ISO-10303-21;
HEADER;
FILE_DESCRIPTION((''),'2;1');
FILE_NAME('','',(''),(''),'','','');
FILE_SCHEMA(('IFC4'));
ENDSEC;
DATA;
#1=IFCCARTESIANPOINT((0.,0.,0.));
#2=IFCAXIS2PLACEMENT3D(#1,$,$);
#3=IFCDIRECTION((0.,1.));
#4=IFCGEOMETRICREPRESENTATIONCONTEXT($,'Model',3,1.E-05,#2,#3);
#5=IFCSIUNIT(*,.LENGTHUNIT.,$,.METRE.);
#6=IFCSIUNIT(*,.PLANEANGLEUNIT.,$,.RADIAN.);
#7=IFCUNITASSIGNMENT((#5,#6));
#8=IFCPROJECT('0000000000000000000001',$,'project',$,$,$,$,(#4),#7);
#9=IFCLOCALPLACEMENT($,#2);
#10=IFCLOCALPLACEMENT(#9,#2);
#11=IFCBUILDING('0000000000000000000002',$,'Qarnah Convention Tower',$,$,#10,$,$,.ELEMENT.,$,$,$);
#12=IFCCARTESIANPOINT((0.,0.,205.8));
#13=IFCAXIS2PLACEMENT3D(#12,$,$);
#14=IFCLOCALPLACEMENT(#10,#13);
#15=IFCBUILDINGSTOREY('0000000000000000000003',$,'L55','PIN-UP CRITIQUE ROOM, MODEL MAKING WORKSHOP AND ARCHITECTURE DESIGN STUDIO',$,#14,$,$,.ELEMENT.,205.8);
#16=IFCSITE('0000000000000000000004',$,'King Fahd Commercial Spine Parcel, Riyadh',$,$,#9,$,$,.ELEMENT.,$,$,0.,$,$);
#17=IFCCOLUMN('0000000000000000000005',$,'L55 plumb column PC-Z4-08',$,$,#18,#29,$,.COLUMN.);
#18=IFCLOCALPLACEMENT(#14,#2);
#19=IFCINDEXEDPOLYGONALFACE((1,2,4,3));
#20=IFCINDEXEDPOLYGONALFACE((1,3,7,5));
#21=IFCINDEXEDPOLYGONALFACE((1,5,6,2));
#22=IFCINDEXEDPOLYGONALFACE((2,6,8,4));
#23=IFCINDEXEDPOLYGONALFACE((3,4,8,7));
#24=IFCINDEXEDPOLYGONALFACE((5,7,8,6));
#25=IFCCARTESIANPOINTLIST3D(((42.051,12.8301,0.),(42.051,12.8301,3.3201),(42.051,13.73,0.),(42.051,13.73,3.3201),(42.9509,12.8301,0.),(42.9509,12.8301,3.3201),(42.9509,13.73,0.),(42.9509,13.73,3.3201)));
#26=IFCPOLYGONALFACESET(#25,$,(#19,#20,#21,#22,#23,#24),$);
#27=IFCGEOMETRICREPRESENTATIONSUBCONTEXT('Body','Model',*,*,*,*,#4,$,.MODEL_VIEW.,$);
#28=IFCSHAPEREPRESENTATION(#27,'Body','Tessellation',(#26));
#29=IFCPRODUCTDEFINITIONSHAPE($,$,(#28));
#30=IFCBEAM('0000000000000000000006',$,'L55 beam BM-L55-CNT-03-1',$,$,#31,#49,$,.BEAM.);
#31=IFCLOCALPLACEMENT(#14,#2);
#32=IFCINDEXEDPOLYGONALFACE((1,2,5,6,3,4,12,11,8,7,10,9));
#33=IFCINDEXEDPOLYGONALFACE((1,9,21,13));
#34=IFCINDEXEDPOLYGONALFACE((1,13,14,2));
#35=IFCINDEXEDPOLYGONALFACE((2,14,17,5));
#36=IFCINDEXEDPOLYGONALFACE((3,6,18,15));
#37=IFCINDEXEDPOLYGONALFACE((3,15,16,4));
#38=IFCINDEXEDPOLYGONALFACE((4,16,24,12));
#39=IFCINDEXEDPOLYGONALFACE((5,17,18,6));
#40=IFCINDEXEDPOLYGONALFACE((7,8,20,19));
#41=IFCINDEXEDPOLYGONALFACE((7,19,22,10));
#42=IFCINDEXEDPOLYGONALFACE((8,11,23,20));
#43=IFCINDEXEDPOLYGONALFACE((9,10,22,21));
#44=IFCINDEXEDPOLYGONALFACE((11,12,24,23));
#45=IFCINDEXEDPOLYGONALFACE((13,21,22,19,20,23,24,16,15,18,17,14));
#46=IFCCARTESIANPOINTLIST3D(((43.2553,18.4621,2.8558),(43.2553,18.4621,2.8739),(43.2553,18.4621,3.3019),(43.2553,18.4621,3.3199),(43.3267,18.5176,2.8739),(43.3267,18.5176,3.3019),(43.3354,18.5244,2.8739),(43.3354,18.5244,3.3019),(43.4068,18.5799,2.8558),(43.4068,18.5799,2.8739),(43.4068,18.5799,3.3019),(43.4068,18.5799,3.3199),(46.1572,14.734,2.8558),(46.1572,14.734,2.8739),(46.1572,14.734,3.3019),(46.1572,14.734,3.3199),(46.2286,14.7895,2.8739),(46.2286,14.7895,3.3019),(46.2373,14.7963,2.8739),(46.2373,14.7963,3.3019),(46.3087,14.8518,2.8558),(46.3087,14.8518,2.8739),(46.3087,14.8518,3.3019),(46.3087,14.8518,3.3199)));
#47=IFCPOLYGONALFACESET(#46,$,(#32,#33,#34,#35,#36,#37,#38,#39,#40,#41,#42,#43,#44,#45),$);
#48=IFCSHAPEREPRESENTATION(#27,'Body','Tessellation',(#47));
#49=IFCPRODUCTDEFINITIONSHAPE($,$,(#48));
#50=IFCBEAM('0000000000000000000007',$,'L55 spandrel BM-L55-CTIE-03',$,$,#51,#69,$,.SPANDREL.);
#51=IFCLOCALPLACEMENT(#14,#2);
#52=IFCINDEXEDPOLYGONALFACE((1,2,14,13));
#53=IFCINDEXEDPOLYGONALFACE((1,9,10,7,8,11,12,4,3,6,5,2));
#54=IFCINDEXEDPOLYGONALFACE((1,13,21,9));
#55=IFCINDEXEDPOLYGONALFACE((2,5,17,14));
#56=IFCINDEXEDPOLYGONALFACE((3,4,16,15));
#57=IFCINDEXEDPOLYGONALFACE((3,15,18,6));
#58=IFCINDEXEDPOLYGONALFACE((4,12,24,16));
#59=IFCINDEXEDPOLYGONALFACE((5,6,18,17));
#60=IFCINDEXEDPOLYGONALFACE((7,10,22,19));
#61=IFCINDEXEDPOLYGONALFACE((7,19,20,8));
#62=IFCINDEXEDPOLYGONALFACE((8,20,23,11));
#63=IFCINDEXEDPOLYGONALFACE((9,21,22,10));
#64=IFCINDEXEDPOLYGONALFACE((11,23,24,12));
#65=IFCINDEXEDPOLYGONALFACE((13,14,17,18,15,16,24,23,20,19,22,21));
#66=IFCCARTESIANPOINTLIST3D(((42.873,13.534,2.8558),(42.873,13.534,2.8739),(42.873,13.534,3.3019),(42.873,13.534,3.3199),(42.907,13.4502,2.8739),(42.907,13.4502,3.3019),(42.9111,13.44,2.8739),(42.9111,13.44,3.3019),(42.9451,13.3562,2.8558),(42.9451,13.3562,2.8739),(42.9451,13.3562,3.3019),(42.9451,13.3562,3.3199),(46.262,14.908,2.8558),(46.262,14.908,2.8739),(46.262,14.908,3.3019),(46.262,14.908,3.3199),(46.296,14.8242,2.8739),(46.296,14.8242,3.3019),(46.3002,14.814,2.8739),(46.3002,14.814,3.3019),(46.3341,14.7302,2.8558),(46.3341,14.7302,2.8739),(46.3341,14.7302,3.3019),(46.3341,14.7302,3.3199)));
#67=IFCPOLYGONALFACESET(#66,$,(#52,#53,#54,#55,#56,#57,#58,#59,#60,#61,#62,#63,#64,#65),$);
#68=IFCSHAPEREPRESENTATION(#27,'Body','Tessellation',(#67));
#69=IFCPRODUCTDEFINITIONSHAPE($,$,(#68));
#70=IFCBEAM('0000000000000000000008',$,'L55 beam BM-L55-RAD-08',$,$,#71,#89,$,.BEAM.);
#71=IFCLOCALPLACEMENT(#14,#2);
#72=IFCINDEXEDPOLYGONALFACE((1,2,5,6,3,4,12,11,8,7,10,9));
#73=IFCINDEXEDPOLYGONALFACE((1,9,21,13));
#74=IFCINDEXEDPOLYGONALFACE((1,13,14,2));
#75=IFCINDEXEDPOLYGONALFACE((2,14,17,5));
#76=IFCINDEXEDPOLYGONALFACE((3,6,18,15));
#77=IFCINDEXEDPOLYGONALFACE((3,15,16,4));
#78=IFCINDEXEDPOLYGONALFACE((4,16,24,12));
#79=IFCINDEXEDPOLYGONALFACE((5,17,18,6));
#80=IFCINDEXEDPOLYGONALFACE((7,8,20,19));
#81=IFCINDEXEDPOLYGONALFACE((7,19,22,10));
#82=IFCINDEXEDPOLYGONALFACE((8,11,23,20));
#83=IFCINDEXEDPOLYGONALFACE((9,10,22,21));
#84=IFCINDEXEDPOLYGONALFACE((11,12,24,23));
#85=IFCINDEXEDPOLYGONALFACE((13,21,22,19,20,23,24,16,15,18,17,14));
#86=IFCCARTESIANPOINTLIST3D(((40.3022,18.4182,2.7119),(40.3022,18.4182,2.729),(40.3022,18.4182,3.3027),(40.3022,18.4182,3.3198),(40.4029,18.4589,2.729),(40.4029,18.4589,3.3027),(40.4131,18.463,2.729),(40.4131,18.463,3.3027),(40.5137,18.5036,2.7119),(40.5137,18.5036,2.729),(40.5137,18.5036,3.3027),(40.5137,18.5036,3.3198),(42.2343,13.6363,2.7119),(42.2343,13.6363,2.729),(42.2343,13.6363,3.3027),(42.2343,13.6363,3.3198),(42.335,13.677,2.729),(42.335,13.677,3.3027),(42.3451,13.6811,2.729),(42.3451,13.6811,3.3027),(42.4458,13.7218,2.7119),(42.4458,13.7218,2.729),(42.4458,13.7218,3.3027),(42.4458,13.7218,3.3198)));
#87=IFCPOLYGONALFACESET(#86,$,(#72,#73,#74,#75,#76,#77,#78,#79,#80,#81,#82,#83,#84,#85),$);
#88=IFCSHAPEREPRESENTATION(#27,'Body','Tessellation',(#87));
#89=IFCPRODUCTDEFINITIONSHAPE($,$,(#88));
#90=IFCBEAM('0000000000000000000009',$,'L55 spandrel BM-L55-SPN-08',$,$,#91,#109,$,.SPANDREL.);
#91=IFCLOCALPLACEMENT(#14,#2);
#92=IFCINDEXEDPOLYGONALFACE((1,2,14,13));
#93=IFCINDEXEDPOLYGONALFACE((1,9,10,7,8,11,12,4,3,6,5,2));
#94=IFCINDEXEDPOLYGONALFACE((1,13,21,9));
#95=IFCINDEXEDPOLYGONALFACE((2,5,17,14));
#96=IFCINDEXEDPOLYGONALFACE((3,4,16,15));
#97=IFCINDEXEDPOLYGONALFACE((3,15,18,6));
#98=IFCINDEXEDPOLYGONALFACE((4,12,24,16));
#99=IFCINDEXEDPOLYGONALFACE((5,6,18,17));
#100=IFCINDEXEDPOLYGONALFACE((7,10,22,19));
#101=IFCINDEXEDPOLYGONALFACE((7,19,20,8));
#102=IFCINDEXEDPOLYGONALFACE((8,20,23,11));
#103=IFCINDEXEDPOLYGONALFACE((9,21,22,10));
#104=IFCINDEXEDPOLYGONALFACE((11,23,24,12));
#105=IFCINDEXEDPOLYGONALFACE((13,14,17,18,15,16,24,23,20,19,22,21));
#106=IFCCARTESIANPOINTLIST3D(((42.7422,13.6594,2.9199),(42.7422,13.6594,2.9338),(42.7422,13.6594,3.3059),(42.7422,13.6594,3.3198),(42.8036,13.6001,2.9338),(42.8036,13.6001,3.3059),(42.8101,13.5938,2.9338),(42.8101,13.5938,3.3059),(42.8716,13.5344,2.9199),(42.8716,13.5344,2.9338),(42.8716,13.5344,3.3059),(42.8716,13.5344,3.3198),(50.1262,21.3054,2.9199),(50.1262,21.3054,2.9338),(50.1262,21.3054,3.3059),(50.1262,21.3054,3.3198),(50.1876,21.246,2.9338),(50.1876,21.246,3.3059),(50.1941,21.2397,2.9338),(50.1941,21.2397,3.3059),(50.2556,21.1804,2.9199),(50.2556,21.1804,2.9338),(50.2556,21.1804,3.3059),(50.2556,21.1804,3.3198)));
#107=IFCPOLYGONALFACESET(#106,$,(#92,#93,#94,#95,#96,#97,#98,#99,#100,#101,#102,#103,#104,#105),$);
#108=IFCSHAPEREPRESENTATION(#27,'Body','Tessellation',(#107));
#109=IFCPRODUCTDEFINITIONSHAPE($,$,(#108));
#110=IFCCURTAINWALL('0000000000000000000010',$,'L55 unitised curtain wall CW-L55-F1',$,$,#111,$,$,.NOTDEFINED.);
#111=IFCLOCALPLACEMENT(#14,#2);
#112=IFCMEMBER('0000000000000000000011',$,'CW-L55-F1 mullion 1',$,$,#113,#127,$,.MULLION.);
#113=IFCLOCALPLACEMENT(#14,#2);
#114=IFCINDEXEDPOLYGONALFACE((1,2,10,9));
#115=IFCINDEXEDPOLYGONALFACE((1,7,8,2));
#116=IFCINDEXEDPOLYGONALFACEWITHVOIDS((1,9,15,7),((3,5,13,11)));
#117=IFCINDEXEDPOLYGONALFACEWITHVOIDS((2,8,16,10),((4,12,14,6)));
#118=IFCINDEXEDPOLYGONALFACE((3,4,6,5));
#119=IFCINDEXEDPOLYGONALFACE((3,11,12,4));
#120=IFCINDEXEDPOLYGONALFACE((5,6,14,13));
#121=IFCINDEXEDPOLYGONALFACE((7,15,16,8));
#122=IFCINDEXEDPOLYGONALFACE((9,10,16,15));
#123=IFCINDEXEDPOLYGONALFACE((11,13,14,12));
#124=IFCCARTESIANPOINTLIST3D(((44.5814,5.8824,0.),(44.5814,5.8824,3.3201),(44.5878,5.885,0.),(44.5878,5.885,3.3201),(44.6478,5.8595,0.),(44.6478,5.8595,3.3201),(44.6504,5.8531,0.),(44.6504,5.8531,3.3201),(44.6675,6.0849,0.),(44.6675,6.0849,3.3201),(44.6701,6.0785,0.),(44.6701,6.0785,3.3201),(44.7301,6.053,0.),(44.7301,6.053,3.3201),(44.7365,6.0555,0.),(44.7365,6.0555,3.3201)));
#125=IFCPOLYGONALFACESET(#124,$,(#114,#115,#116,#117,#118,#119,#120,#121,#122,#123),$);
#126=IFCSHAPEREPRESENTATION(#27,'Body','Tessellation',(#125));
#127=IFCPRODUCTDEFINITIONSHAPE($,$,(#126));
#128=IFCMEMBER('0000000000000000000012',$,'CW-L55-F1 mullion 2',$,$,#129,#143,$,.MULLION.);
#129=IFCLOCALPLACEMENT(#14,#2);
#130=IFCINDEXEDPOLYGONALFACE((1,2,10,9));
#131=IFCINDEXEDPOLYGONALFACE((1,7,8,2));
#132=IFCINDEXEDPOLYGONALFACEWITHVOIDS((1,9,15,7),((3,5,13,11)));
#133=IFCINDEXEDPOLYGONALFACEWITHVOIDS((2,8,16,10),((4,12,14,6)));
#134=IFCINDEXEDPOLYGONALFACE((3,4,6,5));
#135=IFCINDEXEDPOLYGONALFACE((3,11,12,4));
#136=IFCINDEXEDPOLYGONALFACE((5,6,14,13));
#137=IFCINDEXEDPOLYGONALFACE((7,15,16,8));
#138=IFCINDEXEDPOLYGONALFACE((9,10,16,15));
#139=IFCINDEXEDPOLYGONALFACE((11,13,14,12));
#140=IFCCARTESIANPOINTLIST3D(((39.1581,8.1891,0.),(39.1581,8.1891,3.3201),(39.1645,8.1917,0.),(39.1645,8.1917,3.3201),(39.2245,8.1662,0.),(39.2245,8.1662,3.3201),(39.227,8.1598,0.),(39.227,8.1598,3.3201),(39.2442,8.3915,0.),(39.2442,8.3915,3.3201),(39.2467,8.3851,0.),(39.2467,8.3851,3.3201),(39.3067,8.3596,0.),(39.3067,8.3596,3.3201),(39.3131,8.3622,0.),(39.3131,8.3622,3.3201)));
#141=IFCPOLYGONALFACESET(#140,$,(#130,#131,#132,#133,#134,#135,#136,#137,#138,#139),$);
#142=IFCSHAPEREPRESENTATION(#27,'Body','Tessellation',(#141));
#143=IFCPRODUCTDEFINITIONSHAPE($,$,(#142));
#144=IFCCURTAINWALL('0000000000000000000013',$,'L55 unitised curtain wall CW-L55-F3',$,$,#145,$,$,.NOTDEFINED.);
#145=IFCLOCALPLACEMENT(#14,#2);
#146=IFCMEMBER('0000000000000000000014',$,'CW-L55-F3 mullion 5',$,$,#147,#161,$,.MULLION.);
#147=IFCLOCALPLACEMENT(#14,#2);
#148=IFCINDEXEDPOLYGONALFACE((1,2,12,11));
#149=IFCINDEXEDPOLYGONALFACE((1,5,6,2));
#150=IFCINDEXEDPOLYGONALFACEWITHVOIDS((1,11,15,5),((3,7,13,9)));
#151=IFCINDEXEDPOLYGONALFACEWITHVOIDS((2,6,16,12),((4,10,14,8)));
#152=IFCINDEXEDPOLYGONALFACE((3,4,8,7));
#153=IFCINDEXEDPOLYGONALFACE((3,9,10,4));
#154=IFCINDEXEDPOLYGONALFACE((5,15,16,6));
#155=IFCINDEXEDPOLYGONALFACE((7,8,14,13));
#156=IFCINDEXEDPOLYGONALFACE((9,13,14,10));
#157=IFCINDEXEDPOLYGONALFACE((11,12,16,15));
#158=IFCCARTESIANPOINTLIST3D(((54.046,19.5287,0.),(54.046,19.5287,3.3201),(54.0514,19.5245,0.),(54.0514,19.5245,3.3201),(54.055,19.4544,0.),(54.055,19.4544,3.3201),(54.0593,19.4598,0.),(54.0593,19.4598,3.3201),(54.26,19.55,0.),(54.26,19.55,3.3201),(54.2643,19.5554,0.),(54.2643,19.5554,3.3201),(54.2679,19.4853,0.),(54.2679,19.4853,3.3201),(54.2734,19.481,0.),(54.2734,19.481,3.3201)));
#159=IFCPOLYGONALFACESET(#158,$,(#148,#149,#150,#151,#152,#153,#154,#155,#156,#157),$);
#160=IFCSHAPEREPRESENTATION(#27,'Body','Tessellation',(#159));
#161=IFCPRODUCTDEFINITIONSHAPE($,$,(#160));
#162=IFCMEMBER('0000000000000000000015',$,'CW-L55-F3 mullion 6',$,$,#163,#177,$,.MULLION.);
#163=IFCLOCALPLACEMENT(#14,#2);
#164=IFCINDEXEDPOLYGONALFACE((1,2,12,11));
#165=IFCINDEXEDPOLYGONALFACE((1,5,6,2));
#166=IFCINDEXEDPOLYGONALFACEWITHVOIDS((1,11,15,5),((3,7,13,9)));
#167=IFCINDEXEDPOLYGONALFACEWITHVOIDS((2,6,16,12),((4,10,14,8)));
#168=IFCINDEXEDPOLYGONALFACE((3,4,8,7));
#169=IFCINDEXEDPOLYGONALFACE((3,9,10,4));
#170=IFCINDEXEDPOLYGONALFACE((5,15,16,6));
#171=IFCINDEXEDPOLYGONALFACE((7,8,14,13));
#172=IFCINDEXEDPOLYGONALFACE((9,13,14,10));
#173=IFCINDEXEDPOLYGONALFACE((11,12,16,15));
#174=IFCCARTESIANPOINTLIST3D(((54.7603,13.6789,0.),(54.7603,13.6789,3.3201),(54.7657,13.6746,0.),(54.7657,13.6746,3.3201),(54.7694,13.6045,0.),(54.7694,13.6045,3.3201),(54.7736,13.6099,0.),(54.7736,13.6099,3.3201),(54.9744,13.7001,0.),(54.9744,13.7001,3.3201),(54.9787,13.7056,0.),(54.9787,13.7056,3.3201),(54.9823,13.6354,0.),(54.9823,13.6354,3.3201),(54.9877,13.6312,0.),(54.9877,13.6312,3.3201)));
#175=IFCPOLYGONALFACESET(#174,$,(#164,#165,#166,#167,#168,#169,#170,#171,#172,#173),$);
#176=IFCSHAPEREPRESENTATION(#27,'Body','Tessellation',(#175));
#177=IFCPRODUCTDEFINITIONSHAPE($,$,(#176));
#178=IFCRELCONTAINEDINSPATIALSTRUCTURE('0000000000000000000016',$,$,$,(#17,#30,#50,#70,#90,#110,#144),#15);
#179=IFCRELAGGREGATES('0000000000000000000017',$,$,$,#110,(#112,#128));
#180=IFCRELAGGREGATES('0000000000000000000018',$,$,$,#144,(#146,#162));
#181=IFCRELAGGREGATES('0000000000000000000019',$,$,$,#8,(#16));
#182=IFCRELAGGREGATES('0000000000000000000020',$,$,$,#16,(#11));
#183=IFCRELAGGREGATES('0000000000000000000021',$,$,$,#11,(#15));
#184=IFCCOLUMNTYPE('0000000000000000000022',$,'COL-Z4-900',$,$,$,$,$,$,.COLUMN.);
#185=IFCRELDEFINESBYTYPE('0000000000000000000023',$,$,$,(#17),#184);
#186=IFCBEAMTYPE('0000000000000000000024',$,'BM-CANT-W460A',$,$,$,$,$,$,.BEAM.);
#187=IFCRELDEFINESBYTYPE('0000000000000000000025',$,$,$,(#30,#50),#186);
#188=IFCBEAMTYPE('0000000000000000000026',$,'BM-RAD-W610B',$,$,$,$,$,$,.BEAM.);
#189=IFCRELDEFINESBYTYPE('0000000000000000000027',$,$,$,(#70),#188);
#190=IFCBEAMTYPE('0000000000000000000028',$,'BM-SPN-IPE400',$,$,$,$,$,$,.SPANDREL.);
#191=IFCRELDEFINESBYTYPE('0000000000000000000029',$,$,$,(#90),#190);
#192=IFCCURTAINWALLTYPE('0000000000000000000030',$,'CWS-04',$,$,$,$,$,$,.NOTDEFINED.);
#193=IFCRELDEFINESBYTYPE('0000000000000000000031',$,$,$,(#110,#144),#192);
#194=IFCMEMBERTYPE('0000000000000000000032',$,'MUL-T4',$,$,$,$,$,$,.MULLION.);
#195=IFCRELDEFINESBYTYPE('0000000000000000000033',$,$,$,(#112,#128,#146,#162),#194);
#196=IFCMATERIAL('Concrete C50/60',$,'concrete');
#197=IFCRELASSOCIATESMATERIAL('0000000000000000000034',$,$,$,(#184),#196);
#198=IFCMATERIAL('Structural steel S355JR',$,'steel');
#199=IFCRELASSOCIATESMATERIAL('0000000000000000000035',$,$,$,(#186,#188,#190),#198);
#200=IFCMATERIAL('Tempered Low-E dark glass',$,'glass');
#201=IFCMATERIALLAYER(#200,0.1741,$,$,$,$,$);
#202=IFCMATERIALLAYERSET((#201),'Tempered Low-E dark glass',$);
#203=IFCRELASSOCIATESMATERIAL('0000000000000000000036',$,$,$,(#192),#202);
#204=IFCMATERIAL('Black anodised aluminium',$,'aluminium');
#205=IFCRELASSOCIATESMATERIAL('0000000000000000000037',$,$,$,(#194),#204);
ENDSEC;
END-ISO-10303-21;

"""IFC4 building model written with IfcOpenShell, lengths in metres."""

from ifc_helpers import new_model, si_unit, direction, frame, origin, origin_2d, place, context, subcontext, project, spatial, rectangle, hollow_rectangle, i_section, extrude, material, layer, layer_set, material_profile, profile_set, type_object, element, aggregate, save


model = new_model("IFC4")

# Units and contexts
model_context = context("Model", 3, precision=1e-05, world=origin(), true_north=direction((0.0, 1.0)))
body_context = subcontext(model_context, "Body", "Model", "MODEL_VIEW")
ifc_project = project(units=[si_unit("LENGTHUNIT", "METRE"), si_unit("PLANEANGLEUNIT", "RADIAN")], contexts=[model_context])

# Site, building, storey
site_placement = place(None, origin())
site = spatial("IfcSite", under=ifc_project, at=site_placement, Name="King Fahd Commercial Spine Parcel, Riyadh", CompositionType="ELEMENT", RefElevation=0.0)
building_placement = place(site_placement, origin())
building = spatial("IfcBuilding", under=site, at=building_placement, Name="Qarnah Convention Tower", CompositionType="ELEMENT")
storey_placement = place(building_placement, frame((0.0, 0.0, 205.8)))
storey = spatial("IfcBuildingStorey", under=building, at=storey_placement, Name="L55", Description="PIN-UP CRITIQUE ROOM, MODEL MAKING WORKSHOP AND ARCHITECTURE DESIGN STUDIO", CompositionType="ELEMENT", Elevation=205.8)

# Column
ifc_material_1 = material(Name="Concrete C50/60", Category="concrete")
ifc_material_profile_1 = material_profile(ifc_material_1, rectangle(XDim=0.8999, YDim=0.8999, at=origin_2d()), Name="RC-COL-900X900")
ifc_profile_set_1 = profile_set([ifc_material_profile_1], Name="Concrete C50/60")
column_type = type_object("IfcColumnType", Name="COL-Z4-900", PredefinedType="COLUMN", material=ifc_profile_set_1)
column_placement = place(storey_placement, frame((42.501, 13.28, 0.0), z_axis=(0.0, 0.0, 1.0), x_axis=(1.0, 0.0, 0.0)))
element("IfcColumn", 1, at=column_placement, inside=storey, type_object=column_type, Name="L55 plumb column PC-Z4-08", PredefinedType="COLUMN", context=body_context, shape_type="SweptSolid", body=[
    extrude(rectangle(XDim=0.8999, YDim=0.8999, at=origin_2d()), origin(), (0.0, 0.0, 1.0), 3.3201),
])

# Beams
ifc_material_2 = material(Name="Structural steel S355JR", Category="steel")
ifc_material_profile_2 = material_profile(ifc_material_2, i_section(OverallWidth=0.1919, OverallDepth=0.4641, WebThickness=0.011, FlangeThickness=0.0181, at=origin_2d()), Name="W460X89")
ifc_profile_set_2 = profile_set([ifc_material_profile_2], Name="Structural steel S355JR")
beam_type_1 = type_object("IfcBeamType", Name="BM-CANT-W460A", PredefinedType="BEAM", material=ifc_profile_set_2)
beam_1_placement = place(storey_placement, frame((43.3311, 18.521, 3.0879), z_axis=(0.614241, -0.789118, 0.0), x_axis=(0.789118, 0.614241, 0.0)))
element("IfcBeam", 2, at=beam_1_placement, inside=storey, type_object=beam_type_1, Name="L55 beam BM-L55-CNT-03-1", PredefinedType="BEAM", context=body_context, shape_type="SweptSolid", body=[
    extrude(i_section(OverallWidth=0.1919, OverallDepth=0.4641, WebThickness=0.011, FlangeThickness=0.0181, at=origin_2d()), origin(), (0.0, 0.0, 1.0), 4.7244),
])
beam_2_placement = place(storey_placement, frame((46.2981, 14.8191, 3.0879), z_axis=(-0.926735, -0.375714, 0.0), x_axis=(0.375714, -0.926735, 0.0)))
element("IfcBeam", 3, at=beam_2_placement, inside=storey, type_object=beam_type_1, Name="L55 spandrel BM-L55-CTIE-03", PredefinedType="SPANDREL", context=body_context, shape_type="SweptSolid", body=[
    extrude(i_section(OverallWidth=0.1919, OverallDepth=0.4641, WebThickness=0.011, FlangeThickness=0.0181, at=origin_2d()), origin(), (0.0, 0.0, 1.0), 3.657),
])
ifc_material_profile_3 = material_profile(ifc_material_2, i_section(OverallWidth=0.228, OverallDepth=0.6079, WebThickness=0.011, FlangeThickness=0.0171, at=origin_2d()), Name="W610X113")
ifc_profile_set_3 = profile_set([ifc_material_profile_3], Name="Structural steel S355JR")
beam_type_2 = type_object("IfcBeamType", Name="BM-RAD-W610B", PredefinedType="BEAM", material=ifc_profile_set_3)
beam_3_placement = place(storey_placement, frame((40.408, 18.4609, 3.0159), z_axis=(0.37462, -0.927178, 0.0), x_axis=(0.927178, 0.37462, 0.0)))
element("IfcBeam", 4, at=beam_3_placement, inside=storey, type_object=beam_type_2, Name="L55 beam BM-L55-RAD-08", PredefinedType="BEAM", context=body_context, shape_type="SweptSolid", body=[
    extrude(i_section(OverallWidth=0.228, OverallDepth=0.6079, WebThickness=0.011, FlangeThickness=0.0171, at=origin_2d()), origin(), (0.0, 0.0, 1.0), 5.1575),
])
ifc_material_profile_4 = material_profile(ifc_material_2, i_section(OverallWidth=0.1799, OverallDepth=0.3999, WebThickness=0.009, FlangeThickness=0.0139, at=origin_2d()), Name="IPE400")
ifc_profile_set_4 = profile_set([ifc_material_profile_4], Name="Structural steel S355JR")
beam_type_3 = type_object("IfcBeamType", Name="BM-SPN-IPE400", PredefinedType="SPANDREL", material=ifc_profile_set_4)
beam_4_placement = place(storey_placement, frame((42.8069, 13.5969, 3.1199), z_axis=(0.694677, 0.719322, 0.0), x_axis=(-0.719322, 0.694677, 0.0)))
element("IfcBeam", 5, at=beam_4_placement, inside=storey, type_object=beam_type_3, Name="L55 spandrel BM-L55-SPN-08", PredefinedType="SPANDREL", context=body_context, shape_type="SweptSolid", body=[
    extrude(i_section(OverallWidth=0.1799, OverallDepth=0.3999, WebThickness=0.009, FlangeThickness=0.0139, at=origin_2d()), origin(), (0.0, 0.0, 1.0), 10.6294),
])

# Curtain walls, members
ifc_material_3 = material(Name="Tempered Low-E dark glass", Category="glass")
ifc_layer_1 = layer(ifc_material_3, 0.1741)
ifc_layer_set_1 = layer_set([ifc_layer_1], Name="Tempered Low-E dark glass")
curtain_wall_type = type_object("IfcCurtainWallType", Name="CWS-04", PredefinedType="NOTDEFINED", material=ifc_layer_set_1)
curtain_wall_1_placement = place(storey_placement, origin())
curtain_wall_1 = element("IfcCurtainWall", 6, at=curtain_wall_1_placement, inside=storey, type_object=curtain_wall_type, Name="L55 unitised curtain wall CW-L55-F1", PredefinedType="NOTDEFINED")
ifc_material_4 = material(Name="Black anodised aluminium", Category="aluminium")
ifc_material_profile_5 = material_profile(ifc_material_4, hollow_rectangle(XDim=0.075, YDim=0.22, WallThickness=0.0049, at=origin_2d()), Name="MUL-75X220")
ifc_profile_set_5 = profile_set([ifc_material_profile_5], Name="Black anodised aluminium")
member_type_1 = type_object("IfcMemberType", Name="MUL-T4", PredefinedType="MULLION", material=ifc_profile_set_5)
member_1_placement = place(storey_placement, frame((44.6589, 5.969, 0.0), z_axis=(0.0, 0.0, 1.0), x_axis=(-0.92023, 0.391378, 0.0)))
member_1 = element("IfcMember", 7, at=member_1_placement, type_object=member_type_1, Name="CW-L55-F1 mullion 1", PredefinedType="MULLION", context=body_context, shape_type="SweptSolid", body=[
    extrude(hollow_rectangle(XDim=0.075, YDim=0.22, WallThickness=0.0049, at=origin_2d()), origin(), (0.0, 0.0, 1.0), 3.3201),
])
member_2_placement = place(storey_placement, frame((39.2356, 8.2756, 0.0), z_axis=(0.0, 0.0, 1.0), x_axis=(-0.92023, 0.391378, 0.0)))
member_2 = element("IfcMember", 8, at=member_2_placement, type_object=member_type_1, Name="CW-L55-F1 mullion 2", PredefinedType="MULLION", context=body_context, shape_type="SweptSolid", body=[
    extrude(hollow_rectangle(XDim=0.075, YDim=0.22, WallThickness=0.0049, at=origin_2d()), origin(), (0.0, 0.0, 1.0), 3.3201),
])
curtain_wall_2_placement = place(storey_placement, origin())
curtain_wall_2 = element("IfcCurtainWall", 9, at=curtain_wall_2_placement, inside=storey, type_object=curtain_wall_type, Name="L55 unitised curtain wall CW-L55-F3", PredefinedType="NOTDEFINED")
member_3_placement = place(storey_placement, frame((54.1597, 19.5049, 0.0), z_axis=(0.0, 0.0, 1.0), x_axis=(0.121219, -0.992626, 0.0)))
member_3 = element("IfcMember", 10, at=member_3_placement, type_object=member_type_1, Name="CW-L55-F3 mullion 5", PredefinedType="MULLION", context=body_context, shape_type="SweptSolid", body=[
    extrude(hollow_rectangle(XDim=0.075, YDim=0.22, WallThickness=0.0049, at=origin_2d()), origin(), (0.0, 0.0, 1.0), 3.3201),
])
member_4_placement = place(storey_placement, frame((54.874, 13.655, 0.0), z_axis=(0.0, 0.0, 1.0), x_axis=(0.121219, -0.992626, 0.0)))
member_4 = element("IfcMember", 11, at=member_4_placement, type_object=member_type_1, Name="CW-L55-F3 mullion 6", PredefinedType="MULLION", context=body_context, shape_type="SweptSolid", body=[
    extrude(hollow_rectangle(XDim=0.075, YDim=0.22, WallThickness=0.0049, at=origin_2d()), origin(), (0.0, 0.0, 1.0), 3.3201),
])

aggregate(curtain_wall_1, [member_1, member_2])
aggregate(curtain_wall_2, [member_3, member_4])

save(model, "model.ifc")
